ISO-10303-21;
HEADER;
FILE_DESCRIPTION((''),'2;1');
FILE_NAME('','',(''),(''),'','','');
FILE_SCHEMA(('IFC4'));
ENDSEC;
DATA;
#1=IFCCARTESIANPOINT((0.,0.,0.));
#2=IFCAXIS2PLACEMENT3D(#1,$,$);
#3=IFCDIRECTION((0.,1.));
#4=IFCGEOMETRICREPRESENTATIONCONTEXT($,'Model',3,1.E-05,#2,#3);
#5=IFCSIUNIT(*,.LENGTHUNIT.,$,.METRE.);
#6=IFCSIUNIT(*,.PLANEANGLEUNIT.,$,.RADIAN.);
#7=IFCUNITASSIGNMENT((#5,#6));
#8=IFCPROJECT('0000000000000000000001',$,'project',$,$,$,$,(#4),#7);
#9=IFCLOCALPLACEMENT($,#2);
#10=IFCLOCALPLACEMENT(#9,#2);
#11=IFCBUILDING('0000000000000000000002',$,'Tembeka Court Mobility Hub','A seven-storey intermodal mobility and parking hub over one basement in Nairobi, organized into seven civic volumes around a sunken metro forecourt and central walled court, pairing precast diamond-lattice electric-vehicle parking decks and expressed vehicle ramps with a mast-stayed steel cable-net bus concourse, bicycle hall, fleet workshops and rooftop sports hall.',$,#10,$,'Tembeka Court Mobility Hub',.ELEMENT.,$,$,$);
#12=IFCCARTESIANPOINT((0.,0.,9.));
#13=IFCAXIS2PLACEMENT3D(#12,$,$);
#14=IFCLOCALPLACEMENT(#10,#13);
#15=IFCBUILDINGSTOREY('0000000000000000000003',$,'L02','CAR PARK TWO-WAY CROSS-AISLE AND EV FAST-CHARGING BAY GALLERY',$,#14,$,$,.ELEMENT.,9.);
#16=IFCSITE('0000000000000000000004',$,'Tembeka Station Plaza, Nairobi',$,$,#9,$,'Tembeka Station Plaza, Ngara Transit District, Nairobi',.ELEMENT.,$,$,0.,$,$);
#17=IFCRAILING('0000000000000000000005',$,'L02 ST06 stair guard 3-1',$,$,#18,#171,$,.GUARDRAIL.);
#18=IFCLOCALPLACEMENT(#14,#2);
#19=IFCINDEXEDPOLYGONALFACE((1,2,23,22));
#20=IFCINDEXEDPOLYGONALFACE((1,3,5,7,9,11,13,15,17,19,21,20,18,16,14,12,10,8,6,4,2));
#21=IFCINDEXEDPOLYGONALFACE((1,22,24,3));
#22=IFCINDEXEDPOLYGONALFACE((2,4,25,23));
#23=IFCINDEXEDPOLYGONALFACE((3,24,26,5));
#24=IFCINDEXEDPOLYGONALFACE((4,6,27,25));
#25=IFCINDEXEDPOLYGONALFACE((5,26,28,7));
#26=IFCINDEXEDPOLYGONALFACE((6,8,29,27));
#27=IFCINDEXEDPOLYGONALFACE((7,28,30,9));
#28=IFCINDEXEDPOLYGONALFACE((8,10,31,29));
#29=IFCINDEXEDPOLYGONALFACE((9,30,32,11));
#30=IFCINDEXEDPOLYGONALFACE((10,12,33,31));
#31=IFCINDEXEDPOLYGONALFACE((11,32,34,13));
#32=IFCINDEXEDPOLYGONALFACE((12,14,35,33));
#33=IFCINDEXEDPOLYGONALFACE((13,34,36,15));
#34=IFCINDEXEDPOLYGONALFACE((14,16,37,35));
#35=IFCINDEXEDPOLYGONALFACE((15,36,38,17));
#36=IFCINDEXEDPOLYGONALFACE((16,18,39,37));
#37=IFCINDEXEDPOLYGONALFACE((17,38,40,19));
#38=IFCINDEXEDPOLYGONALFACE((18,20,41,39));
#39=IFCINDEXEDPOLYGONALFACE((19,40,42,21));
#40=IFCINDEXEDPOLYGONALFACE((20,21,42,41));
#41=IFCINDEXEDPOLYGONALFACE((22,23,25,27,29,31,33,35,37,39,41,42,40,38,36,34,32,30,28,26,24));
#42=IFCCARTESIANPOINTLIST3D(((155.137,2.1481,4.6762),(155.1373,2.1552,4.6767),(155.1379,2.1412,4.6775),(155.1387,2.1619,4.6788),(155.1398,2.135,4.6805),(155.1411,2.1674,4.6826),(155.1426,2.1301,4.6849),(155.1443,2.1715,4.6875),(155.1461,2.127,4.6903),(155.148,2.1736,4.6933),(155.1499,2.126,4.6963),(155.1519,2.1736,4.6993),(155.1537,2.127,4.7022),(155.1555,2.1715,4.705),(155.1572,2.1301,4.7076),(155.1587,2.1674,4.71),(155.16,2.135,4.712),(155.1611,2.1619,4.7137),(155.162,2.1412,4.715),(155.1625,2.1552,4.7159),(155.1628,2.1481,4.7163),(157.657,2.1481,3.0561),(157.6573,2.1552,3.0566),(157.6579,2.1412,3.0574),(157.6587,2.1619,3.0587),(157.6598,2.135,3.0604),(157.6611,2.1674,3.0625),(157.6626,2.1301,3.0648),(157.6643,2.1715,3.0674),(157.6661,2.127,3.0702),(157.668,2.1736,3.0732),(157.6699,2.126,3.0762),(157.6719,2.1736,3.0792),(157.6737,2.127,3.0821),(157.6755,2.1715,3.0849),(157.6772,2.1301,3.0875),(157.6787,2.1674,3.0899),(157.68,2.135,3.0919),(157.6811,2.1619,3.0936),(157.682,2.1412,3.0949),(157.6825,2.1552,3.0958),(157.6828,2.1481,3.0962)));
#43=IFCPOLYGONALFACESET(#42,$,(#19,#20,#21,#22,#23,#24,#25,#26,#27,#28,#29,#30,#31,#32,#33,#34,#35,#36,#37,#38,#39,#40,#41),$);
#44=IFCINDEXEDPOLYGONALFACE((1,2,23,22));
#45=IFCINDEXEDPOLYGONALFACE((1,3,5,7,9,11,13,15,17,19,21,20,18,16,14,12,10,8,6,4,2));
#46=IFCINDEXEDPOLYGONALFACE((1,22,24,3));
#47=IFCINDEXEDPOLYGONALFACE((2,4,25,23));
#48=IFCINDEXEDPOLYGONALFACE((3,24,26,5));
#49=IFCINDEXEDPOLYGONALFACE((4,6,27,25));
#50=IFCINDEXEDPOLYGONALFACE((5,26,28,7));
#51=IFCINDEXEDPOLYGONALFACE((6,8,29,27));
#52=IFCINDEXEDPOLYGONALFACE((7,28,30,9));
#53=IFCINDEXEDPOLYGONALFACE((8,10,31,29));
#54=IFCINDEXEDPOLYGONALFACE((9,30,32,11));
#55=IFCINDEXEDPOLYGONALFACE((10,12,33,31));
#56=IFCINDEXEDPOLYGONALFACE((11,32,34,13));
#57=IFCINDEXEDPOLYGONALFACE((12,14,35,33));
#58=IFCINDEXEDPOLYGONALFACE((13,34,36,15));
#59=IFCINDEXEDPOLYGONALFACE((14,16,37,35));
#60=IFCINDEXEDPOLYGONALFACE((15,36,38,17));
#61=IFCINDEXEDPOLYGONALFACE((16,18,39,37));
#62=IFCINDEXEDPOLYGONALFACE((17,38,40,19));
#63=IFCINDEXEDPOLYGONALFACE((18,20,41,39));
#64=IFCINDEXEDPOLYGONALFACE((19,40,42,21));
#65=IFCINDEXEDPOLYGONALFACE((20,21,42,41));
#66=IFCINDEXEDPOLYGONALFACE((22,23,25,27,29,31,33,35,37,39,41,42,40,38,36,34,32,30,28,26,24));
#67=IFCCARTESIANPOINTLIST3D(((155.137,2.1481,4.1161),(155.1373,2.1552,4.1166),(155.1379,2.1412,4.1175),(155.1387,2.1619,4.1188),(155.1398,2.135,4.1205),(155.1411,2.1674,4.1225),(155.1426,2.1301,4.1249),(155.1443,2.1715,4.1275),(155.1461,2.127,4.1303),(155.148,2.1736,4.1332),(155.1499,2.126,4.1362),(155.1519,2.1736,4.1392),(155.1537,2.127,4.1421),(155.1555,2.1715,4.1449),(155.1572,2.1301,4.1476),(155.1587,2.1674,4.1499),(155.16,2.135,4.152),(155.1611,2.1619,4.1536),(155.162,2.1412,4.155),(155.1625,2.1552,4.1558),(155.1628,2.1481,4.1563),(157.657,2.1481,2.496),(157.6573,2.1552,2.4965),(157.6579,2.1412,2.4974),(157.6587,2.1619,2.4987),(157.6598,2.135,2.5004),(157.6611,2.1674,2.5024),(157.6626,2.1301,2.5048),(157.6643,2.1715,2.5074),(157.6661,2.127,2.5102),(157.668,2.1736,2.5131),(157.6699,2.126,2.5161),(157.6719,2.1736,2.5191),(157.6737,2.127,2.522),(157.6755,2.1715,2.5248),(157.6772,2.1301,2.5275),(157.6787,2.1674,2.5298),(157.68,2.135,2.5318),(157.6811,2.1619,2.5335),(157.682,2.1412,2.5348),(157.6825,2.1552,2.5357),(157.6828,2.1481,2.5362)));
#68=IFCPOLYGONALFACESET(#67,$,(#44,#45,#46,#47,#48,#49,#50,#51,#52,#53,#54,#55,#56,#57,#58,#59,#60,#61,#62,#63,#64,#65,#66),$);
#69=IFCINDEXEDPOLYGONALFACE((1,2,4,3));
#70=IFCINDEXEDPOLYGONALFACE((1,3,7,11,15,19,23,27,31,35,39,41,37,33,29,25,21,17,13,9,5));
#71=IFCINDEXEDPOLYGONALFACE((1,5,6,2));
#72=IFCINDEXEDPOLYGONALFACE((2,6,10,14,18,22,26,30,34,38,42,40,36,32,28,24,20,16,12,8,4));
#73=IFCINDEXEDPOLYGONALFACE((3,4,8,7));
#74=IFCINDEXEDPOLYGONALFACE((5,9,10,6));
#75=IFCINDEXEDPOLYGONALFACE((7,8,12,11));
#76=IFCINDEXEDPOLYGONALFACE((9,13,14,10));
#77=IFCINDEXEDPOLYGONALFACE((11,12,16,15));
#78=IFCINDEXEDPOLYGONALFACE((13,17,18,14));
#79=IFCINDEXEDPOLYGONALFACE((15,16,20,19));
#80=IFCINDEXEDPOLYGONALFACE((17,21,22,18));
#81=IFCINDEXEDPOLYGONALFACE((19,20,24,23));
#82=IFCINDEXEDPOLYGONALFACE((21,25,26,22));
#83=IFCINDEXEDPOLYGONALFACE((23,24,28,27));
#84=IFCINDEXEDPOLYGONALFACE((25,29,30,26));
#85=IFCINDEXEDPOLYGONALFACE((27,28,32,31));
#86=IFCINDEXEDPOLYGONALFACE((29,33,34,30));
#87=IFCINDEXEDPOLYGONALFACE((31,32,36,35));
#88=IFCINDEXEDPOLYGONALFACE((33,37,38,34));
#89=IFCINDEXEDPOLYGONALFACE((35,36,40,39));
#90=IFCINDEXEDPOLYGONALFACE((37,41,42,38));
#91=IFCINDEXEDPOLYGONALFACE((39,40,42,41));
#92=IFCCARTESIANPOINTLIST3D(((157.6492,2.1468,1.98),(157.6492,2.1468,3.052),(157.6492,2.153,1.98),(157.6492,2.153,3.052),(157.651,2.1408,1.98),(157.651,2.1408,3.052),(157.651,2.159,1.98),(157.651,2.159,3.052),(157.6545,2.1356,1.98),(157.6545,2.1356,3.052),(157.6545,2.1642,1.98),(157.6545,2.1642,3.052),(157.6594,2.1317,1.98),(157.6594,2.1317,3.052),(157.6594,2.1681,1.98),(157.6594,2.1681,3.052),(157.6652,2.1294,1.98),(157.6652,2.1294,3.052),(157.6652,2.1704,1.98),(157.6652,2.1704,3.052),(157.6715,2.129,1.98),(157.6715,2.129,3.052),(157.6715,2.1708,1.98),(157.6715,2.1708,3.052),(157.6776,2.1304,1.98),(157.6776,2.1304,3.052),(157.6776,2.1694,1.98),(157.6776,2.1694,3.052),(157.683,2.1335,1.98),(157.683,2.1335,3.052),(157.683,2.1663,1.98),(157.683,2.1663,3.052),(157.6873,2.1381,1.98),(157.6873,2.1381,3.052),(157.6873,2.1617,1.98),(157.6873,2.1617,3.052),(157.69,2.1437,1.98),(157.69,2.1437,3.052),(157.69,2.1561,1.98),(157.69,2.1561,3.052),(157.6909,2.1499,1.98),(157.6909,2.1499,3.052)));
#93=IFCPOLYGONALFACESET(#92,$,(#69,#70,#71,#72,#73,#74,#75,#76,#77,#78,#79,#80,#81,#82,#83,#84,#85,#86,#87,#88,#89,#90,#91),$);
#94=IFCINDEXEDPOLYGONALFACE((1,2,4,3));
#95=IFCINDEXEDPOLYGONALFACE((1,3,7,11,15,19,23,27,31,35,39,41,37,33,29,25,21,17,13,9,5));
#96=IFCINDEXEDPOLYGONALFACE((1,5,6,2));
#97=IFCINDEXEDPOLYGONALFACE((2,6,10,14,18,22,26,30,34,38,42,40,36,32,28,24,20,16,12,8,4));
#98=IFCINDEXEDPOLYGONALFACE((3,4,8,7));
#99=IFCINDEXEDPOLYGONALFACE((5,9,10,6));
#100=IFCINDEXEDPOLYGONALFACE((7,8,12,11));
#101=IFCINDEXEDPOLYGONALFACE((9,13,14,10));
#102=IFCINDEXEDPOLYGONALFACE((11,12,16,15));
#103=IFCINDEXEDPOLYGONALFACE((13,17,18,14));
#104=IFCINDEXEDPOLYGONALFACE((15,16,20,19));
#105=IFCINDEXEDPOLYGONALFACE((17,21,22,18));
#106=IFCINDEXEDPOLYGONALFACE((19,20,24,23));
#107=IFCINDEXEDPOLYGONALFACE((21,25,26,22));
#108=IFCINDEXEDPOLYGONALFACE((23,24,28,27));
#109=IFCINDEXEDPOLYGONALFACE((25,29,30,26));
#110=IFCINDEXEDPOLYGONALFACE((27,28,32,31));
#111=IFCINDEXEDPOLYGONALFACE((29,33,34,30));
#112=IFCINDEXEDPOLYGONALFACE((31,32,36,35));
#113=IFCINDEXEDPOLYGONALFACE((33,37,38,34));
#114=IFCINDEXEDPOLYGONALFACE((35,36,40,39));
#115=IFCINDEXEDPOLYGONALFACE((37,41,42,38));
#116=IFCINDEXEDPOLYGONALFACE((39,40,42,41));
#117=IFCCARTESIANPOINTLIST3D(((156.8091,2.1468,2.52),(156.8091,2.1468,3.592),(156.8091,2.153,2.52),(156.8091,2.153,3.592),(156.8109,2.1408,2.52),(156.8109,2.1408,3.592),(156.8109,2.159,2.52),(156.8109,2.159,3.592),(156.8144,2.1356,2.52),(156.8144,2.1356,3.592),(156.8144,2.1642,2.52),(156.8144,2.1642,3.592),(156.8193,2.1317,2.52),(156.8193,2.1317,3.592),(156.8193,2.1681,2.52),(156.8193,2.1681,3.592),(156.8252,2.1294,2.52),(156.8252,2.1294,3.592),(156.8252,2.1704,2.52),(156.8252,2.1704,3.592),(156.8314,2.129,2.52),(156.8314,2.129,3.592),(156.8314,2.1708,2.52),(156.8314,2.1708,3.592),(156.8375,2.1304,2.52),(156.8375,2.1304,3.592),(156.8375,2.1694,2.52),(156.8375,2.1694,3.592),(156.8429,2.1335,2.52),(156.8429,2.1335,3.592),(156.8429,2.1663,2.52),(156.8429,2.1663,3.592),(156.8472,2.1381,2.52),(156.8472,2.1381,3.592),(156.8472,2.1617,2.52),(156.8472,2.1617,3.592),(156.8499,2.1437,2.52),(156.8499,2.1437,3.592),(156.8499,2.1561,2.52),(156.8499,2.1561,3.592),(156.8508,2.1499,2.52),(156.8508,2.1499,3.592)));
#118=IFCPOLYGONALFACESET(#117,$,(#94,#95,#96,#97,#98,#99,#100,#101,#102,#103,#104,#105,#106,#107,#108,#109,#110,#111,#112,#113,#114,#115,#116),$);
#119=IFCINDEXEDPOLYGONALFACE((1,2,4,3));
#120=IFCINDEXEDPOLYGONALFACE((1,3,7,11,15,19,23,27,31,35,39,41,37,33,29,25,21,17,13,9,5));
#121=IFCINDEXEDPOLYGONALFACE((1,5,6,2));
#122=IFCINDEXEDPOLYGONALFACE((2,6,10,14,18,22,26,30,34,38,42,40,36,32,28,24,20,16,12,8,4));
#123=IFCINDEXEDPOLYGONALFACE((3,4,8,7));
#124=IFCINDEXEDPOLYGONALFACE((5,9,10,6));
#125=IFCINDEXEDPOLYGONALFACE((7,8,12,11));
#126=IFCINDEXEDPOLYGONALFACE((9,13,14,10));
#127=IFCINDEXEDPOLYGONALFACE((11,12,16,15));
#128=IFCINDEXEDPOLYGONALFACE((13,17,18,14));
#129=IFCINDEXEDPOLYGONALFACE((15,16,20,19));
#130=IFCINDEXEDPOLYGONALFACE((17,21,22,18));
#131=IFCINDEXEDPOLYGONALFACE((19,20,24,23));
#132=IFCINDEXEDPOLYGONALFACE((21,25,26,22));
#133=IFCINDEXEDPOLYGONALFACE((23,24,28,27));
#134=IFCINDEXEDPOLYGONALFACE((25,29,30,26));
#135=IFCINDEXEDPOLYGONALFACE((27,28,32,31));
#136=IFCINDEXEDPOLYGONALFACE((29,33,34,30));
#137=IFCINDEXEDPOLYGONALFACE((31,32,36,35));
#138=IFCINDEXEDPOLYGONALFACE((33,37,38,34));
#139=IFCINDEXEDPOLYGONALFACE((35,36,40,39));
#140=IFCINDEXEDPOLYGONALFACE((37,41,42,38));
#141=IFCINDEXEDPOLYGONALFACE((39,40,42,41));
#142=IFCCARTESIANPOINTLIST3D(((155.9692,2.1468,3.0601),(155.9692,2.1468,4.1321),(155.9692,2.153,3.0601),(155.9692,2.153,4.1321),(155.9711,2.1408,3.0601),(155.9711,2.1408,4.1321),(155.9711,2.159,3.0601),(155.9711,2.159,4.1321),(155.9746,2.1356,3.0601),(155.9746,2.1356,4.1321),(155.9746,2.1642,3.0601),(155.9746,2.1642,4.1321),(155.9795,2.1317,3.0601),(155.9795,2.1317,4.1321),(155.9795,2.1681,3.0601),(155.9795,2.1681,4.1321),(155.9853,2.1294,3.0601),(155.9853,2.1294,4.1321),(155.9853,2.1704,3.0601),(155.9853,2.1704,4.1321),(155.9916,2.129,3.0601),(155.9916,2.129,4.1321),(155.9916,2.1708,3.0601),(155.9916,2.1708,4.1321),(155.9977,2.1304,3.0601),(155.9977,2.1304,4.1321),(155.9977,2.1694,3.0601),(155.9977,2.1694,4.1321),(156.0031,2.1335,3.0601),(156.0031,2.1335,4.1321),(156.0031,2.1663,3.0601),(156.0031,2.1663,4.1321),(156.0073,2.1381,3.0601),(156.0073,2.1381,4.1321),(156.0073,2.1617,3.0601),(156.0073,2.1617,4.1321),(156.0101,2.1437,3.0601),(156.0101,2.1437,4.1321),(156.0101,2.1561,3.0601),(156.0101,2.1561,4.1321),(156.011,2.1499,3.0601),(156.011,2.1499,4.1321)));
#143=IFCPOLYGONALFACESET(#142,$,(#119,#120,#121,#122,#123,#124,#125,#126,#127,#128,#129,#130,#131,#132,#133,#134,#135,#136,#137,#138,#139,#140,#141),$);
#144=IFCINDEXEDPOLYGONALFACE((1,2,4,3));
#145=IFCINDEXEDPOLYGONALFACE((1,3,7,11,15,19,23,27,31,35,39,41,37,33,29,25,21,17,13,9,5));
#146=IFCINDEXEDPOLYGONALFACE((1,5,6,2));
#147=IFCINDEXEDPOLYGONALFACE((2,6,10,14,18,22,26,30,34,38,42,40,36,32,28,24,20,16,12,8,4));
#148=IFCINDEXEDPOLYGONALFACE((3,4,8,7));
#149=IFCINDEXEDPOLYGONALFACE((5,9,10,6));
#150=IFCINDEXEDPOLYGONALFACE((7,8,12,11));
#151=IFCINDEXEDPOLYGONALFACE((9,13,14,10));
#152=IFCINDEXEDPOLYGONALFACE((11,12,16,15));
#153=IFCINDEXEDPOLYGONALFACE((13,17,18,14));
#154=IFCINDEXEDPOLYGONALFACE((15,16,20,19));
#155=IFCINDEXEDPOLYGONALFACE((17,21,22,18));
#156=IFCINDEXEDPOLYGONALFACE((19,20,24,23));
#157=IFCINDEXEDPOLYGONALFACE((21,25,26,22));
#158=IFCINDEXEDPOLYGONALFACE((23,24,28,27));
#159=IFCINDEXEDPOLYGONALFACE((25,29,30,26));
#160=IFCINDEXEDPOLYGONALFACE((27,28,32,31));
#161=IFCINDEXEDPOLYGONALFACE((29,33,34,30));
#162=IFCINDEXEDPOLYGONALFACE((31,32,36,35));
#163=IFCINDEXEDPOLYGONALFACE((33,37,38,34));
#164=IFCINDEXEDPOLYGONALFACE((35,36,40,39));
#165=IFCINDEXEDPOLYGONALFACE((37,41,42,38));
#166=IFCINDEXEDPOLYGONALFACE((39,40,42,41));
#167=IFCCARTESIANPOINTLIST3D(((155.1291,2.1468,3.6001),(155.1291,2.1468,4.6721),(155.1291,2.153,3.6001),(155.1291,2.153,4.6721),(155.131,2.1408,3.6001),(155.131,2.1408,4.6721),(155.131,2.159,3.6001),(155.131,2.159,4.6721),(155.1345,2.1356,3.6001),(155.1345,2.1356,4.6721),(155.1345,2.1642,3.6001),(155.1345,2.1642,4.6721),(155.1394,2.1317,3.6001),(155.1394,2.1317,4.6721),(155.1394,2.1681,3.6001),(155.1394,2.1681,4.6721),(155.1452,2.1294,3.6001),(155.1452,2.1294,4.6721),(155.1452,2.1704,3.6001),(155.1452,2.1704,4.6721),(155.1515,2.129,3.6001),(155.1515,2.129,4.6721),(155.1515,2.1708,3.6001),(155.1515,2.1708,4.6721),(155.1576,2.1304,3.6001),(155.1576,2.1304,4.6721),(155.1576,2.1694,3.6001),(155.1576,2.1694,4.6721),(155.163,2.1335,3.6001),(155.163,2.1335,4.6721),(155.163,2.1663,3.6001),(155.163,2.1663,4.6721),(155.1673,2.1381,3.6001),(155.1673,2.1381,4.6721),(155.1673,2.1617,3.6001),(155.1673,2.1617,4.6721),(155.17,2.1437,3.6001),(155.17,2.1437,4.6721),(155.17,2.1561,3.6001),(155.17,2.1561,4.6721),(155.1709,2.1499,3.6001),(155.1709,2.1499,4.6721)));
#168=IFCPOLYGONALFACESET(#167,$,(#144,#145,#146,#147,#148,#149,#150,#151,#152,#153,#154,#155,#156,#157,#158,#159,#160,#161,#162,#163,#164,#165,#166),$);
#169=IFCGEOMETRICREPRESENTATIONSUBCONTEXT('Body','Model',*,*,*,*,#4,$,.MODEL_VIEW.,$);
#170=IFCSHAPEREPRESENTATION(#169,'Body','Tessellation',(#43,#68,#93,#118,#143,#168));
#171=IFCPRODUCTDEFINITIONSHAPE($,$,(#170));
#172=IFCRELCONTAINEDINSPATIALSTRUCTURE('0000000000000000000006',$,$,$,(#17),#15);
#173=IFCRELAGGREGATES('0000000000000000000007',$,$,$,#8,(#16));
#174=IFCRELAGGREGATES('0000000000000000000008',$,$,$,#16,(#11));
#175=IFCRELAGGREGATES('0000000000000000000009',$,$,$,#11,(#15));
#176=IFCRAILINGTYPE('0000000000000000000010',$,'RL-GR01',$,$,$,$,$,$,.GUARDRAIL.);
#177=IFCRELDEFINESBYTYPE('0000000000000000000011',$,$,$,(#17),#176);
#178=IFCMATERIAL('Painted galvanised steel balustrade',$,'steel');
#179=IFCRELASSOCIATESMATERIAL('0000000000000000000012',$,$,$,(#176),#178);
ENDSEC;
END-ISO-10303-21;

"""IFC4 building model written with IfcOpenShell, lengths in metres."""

from ifc_helpers import new_model, si_unit, direction, frame, origin, origin_2d, place, context, subcontext, project, spatial, circle, extrude, material, type_object, element, save


model = new_model("IFC4")

# Units and contexts
model_context = context("Model", 3, precision=1e-05, world=origin(), true_north=direction((0.0, 1.0)))
body_context = subcontext(model_context, "Body", "Model", "MODEL_VIEW")
ifc_project = project(units=[si_unit("LENGTHUNIT", "METRE"), si_unit("PLANEANGLEUNIT", "RADIAN")], contexts=[model_context])

# Site, building, storey
site_placement = place(None, origin())
site = spatial("IfcSite", under=ifc_project, at=site_placement, Name="Tembeka Station Plaza, Nairobi", LongName="Tembeka Station Plaza, Ngara Transit District, Nairobi", CompositionType="ELEMENT", RefElevation=0.0)
building_placement = place(site_placement, origin())
building = spatial("IfcBuilding", under=site, at=building_placement, Name="Tembeka Court Mobility Hub", Description="A seven-storey intermodal mobility and parking hub over one basement in Nairobi, organized into seven civic volumes around a sunken metro forecourt and central walled court, pairing precast diamond-lattice electric-vehicle parking decks and expressed vehicle ramps with a mast-stayed steel cable-net bus concourse, bicycle hall, fleet workshops and rooftop sports hall.", LongName="Tembeka Court Mobility Hub", CompositionType="ELEMENT")
storey_placement = place(building_placement, frame((0.0, 0.0, 9.0)))
storey = spatial("IfcBuildingStorey", under=building, at=storey_placement, Name="L02", Description="CAR PARK TWO-WAY CROSS-AISLE AND EV FAST-CHARGING BAY GALLERY", CompositionType="ELEMENT", Elevation=9.0)

# Railing
ifc_material_1 = material(Name="Painted galvanised steel balustrade", Category="steel")
railing_type_1 = type_object("IfcRailingType", Name="RL-GR01", PredefinedType="GUARDRAIL", material=ifc_material_1)
railing_1_placement = place(storey_placement, frame((157.6699, 2.1499, 1.98)))
element("IfcRailing", 1, at=railing_1_placement, inside=storey, type_object=railing_type_1, Name="L02 ST06 stair guard 3-1", PredefinedType="GUARDRAIL", context=body_context, shape_type="SweptSolid", body=[
    extrude(circle(Radius=0.0239, at=origin_2d()), frame((0.0, 0.0, 1.0962), z_axis=(-0.841163, 0.0, 0.540782), x_axis=(0.0, -1.0, 0.0)), (0.0, 0.0, 1.0), 2.9958),
    extrude(circle(Radius=0.0239, at=origin_2d()), frame((0.0, 0.0, 0.5361), z_axis=(-0.841163, 0.0, 0.540782), x_axis=(0.0, -1.0, 0.0)), (0.0, 0.0, 1.0), 2.9958),
    extrude(circle(Radius=0.021, at=origin_2d()), origin(), (0.0, 0.0, 1.0), 1.072),
    extrude(circle(Radius=0.021, at=origin_2d()), frame((-0.8401, 0.0, 0.54)), (0.0, 0.0, 1.0), 1.072),
    extrude(circle(Radius=0.021, at=origin_2d()), frame((-1.6799, 0.0, 1.0801)), (0.0, 0.0, 1.0), 1.072),
    extrude(circle(Radius=0.021, at=origin_2d()), frame((-2.52, 0.0, 1.6201)), (0.0, 0.0, 1.0), 1.072),
])

save(model, "model.ifc")
